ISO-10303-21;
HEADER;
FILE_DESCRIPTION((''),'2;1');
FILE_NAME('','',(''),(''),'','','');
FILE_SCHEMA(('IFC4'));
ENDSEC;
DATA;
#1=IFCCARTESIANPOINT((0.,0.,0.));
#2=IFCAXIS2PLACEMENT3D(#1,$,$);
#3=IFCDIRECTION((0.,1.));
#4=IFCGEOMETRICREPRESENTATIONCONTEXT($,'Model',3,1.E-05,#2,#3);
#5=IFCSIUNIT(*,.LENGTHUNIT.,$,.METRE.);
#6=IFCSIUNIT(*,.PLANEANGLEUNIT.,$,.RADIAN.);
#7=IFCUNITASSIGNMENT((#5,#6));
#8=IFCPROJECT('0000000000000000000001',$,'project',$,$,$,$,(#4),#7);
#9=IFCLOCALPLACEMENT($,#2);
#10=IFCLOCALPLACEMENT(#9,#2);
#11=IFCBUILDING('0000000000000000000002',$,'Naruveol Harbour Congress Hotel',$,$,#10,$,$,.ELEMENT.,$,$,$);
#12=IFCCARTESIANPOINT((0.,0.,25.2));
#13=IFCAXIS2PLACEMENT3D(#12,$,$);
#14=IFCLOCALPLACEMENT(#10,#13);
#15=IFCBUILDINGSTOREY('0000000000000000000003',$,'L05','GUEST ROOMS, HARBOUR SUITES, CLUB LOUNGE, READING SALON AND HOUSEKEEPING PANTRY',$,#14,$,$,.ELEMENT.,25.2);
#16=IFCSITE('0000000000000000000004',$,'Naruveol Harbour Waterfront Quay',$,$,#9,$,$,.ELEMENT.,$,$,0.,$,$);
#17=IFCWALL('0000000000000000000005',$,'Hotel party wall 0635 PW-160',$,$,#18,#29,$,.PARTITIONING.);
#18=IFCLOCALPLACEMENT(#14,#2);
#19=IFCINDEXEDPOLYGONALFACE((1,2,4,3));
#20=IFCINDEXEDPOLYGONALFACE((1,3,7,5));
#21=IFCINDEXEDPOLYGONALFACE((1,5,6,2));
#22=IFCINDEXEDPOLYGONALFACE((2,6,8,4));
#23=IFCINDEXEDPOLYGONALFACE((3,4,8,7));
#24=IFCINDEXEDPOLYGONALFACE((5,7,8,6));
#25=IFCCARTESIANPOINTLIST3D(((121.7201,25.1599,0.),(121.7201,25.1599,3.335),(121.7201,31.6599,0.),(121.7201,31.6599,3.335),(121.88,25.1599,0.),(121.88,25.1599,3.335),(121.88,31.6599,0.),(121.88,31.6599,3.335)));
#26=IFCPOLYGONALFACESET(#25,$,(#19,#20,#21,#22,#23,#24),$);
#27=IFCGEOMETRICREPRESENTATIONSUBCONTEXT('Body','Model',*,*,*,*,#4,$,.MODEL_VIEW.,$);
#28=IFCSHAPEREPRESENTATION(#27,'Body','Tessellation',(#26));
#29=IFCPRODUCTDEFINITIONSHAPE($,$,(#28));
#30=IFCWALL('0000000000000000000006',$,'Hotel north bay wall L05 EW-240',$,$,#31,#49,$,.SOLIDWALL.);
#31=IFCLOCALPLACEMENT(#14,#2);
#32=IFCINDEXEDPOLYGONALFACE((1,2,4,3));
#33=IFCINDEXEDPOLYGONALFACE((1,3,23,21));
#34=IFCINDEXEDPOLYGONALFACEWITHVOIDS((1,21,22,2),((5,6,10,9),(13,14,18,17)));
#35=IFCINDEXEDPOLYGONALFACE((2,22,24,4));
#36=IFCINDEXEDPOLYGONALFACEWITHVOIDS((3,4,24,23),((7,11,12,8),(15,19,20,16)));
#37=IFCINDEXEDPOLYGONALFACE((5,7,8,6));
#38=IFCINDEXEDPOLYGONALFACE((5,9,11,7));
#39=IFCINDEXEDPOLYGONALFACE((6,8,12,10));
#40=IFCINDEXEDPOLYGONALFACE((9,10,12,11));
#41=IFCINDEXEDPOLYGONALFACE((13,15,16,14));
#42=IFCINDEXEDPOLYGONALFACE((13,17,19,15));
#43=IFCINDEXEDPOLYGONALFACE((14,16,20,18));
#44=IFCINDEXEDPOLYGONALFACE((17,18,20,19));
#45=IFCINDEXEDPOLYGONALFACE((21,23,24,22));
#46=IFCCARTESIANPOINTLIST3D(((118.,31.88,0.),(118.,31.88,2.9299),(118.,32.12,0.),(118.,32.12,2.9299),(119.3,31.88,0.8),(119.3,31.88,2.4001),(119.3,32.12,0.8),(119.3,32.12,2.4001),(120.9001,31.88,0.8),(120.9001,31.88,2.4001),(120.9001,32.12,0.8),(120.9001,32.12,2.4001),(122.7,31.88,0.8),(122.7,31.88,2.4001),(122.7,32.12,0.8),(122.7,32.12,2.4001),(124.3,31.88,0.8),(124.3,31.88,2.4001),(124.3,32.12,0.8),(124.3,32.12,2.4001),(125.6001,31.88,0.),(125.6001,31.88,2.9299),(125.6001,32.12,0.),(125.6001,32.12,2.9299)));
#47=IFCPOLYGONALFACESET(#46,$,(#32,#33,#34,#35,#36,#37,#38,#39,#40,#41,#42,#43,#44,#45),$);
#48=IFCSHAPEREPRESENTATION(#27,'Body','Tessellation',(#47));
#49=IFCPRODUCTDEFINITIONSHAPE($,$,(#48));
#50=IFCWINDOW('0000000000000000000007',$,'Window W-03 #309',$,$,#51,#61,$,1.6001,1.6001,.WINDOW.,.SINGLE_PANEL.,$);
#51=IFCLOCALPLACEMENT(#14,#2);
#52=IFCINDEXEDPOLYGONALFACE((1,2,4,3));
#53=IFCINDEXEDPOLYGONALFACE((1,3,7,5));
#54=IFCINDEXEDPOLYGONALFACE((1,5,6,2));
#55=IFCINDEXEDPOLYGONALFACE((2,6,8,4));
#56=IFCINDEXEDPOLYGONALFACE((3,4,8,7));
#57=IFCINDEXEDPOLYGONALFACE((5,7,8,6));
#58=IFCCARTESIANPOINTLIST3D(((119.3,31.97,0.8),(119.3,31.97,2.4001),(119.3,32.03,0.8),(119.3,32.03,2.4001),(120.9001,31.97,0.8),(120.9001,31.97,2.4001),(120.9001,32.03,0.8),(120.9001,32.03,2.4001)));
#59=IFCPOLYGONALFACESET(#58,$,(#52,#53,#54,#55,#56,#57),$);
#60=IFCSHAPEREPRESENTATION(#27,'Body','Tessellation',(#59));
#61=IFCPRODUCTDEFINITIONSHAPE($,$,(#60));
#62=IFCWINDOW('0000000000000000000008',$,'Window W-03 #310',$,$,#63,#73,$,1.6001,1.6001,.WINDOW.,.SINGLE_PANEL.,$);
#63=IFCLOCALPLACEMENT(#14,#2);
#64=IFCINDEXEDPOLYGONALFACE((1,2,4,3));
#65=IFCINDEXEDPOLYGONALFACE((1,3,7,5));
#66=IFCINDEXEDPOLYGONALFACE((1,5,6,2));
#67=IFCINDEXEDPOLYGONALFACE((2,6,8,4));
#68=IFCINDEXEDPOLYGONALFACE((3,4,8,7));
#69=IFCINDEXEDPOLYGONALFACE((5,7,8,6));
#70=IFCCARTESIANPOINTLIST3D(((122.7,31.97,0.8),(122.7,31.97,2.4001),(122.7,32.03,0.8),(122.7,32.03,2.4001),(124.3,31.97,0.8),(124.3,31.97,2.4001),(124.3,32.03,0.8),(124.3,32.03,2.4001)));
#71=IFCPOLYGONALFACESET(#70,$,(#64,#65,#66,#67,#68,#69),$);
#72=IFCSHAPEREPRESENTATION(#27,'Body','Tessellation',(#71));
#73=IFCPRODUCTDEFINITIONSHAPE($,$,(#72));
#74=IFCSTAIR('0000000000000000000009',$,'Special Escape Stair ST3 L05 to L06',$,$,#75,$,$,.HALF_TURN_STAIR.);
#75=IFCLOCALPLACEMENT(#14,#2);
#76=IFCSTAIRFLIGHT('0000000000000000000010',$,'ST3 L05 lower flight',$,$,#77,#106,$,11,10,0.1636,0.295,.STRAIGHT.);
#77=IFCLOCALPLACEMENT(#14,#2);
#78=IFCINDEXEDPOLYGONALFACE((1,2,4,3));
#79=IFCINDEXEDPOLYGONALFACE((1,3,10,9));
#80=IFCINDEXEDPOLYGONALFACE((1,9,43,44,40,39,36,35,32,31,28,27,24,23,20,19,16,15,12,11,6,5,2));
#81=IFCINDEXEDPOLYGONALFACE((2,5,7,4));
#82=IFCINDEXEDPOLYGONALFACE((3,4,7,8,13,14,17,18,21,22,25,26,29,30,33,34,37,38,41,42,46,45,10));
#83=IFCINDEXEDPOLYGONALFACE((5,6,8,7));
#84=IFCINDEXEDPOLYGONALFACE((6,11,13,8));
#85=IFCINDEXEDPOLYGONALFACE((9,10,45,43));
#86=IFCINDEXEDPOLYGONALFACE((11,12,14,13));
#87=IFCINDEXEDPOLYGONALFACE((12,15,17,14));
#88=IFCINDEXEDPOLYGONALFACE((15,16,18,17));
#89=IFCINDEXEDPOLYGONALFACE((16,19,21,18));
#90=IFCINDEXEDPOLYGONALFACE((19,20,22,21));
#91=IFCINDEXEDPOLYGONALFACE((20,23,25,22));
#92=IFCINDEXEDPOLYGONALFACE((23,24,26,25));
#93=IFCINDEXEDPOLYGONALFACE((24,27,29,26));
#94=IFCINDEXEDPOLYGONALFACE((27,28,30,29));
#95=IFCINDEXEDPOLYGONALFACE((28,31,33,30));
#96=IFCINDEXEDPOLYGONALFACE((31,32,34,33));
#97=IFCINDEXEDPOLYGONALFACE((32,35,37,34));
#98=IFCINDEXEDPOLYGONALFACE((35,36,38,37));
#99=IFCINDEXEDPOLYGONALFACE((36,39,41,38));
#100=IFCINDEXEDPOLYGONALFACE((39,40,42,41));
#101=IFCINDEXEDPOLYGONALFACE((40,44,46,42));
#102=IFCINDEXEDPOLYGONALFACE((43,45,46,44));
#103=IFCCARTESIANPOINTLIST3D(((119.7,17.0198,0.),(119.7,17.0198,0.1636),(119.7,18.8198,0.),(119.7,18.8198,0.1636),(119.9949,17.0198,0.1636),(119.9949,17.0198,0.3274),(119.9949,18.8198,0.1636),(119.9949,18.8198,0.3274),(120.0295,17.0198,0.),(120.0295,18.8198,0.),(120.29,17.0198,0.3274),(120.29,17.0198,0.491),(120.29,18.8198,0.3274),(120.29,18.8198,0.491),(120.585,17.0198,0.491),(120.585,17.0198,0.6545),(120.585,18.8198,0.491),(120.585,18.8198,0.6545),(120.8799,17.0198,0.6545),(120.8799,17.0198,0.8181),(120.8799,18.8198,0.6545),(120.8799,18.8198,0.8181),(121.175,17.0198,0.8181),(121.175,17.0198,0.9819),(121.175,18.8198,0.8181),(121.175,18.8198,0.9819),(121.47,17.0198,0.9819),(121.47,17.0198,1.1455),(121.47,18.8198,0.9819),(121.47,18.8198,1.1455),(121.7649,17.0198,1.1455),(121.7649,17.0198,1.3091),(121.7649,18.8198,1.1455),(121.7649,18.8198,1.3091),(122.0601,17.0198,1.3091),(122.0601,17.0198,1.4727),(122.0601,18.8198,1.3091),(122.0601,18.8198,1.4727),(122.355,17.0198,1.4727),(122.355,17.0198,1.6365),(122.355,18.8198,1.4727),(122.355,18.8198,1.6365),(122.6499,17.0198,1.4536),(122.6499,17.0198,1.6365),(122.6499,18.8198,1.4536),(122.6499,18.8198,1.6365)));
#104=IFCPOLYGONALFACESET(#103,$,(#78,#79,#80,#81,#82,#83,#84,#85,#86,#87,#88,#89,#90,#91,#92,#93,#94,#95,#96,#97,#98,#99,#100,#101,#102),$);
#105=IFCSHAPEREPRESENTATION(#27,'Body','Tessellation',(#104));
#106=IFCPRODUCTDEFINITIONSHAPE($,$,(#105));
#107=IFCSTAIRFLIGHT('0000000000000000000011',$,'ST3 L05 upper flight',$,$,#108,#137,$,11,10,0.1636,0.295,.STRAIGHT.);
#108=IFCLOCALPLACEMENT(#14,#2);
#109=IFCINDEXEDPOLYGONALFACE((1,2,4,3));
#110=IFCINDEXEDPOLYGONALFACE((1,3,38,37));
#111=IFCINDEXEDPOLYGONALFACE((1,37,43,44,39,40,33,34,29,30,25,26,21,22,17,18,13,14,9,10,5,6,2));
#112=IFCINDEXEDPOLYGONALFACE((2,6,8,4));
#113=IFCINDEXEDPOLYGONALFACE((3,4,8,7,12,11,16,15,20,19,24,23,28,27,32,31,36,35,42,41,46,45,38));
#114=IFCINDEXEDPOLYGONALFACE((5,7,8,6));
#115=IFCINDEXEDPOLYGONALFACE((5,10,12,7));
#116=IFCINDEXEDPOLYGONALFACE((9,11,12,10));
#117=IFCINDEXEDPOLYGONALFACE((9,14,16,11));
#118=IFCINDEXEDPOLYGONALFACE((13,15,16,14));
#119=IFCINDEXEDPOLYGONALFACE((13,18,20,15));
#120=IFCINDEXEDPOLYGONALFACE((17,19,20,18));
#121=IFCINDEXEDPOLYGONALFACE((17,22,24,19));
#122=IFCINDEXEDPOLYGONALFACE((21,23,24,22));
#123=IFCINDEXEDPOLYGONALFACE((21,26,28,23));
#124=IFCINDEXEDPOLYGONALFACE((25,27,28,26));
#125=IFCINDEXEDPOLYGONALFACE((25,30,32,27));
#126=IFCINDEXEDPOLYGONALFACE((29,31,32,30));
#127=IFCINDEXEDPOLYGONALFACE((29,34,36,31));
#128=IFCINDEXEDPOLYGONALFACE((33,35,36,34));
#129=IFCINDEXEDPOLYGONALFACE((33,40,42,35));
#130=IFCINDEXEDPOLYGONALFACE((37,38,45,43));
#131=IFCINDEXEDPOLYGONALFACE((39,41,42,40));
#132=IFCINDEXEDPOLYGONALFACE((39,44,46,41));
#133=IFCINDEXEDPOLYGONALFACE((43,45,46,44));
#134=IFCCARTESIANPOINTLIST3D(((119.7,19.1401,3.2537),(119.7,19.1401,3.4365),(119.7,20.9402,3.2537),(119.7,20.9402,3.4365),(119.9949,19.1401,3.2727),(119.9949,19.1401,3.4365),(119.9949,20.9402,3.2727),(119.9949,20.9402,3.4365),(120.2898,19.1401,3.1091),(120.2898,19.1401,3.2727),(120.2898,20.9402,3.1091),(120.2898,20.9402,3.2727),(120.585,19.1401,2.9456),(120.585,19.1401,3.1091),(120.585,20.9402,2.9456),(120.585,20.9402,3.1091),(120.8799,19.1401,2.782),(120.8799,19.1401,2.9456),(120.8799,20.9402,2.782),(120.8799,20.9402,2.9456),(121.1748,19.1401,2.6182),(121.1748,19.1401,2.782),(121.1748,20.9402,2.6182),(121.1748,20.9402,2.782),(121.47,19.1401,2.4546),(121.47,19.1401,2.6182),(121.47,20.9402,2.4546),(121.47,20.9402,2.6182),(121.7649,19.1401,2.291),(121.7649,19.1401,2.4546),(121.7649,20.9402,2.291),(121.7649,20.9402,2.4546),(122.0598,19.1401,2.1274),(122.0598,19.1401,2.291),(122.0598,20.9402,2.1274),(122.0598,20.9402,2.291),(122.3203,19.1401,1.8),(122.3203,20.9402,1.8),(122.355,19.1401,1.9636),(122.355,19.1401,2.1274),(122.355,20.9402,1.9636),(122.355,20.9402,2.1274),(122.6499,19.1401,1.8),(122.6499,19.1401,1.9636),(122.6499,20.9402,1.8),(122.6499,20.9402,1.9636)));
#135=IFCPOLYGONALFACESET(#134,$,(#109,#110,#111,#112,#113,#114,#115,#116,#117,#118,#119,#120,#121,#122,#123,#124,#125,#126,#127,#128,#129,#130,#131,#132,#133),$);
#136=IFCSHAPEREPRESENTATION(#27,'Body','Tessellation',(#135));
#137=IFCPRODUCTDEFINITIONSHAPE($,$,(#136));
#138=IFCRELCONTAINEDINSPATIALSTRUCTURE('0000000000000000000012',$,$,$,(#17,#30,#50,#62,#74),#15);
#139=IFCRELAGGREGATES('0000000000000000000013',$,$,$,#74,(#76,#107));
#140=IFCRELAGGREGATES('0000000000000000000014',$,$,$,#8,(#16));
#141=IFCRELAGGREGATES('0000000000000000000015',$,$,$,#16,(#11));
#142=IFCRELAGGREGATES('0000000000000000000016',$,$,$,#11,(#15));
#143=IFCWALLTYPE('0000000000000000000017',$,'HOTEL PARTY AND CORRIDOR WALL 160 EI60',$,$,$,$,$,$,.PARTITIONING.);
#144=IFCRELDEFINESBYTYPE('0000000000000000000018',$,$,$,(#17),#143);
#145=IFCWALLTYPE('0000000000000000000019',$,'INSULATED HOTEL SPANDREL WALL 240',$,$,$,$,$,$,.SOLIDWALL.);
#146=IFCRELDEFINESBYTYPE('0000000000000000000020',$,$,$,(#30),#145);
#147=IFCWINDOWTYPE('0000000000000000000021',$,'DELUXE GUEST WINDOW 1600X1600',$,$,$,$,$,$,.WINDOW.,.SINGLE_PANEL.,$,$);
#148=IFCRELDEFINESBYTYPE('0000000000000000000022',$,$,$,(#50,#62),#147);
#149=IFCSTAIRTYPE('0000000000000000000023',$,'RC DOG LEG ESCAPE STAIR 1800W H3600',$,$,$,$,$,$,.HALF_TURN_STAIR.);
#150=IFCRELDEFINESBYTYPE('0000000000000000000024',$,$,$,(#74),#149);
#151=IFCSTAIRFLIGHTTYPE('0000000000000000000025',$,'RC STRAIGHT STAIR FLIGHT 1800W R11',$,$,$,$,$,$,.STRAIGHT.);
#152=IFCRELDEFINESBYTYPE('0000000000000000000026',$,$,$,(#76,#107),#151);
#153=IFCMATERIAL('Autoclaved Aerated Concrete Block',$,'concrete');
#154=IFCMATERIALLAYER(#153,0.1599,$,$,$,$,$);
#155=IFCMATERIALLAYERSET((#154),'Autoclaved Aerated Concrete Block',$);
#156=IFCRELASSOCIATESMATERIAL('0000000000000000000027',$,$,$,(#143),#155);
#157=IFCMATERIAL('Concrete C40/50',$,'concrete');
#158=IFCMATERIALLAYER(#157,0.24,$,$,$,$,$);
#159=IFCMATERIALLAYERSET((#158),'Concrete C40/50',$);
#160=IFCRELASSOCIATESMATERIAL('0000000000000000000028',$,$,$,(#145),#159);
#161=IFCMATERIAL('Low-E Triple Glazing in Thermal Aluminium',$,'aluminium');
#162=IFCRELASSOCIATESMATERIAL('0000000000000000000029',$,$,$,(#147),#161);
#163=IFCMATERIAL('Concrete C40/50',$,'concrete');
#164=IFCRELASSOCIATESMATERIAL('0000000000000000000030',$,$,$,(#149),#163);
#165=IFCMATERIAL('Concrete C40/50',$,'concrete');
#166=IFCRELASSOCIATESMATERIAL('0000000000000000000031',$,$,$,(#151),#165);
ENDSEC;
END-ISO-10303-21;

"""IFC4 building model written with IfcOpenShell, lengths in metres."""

from ifc_helpers import new_model, si_unit, direction, frame, frame_2d, origin, place, context, subcontext, project, spatial, polyline, rectangle, outline, extrude, material, layer, layer_set, type_object, element, fill, aggregate, save


model = new_model("IFC4")

# Units and contexts
model_context = context("Model", 3, precision=1e-05, world=origin(), true_north=direction((0.0, 1.0)))
body_context = subcontext(model_context, "Body", "Model", "MODEL_VIEW")
ifc_project = project(units=[si_unit("LENGTHUNIT", "METRE"), si_unit("PLANEANGLEUNIT", "RADIAN")], contexts=[model_context])

# Site, building, storey
site_placement = place(None, origin())
site = spatial("IfcSite", under=ifc_project, at=site_placement, Name="Naruveol Harbour Waterfront Quay", CompositionType="ELEMENT", RefElevation=0.0)
building_placement = place(site_placement, origin())
building = spatial("IfcBuilding", under=site, at=building_placement, Name="Naruveol Harbour Congress Hotel", CompositionType="ELEMENT")
storey_placement = place(building_placement, frame((0.0, 0.0, 25.2)))
storey = spatial("IfcBuildingStorey", under=building, at=storey_placement, Name="L05", Description="GUEST ROOMS, HARBOUR SUITES, CLUB LOUNGE, READING SALON AND HOUSEKEEPING PANTRY", CompositionType="ELEMENT", Elevation=25.2)

# Shared definitions
ifc_material_1 = material(Name="Autoclaved Aerated Concrete Block", Category="concrete")
ifc_layer_1 = layer(ifc_material_1, 0.1599)
ifc_layer_set_1 = layer_set([ifc_layer_1], Name="Autoclaved Aerated Concrete Block")
wall_type_1 = type_object("IfcWallType", Name="HOTEL PARTY AND CORRIDOR WALL 160 EI60", PredefinedType="PARTITIONING", material=ifc_layer_set_1)

# Wall
wall_1_placement = place(storey_placement, frame((121.8, 25.1599, 0.0), z_axis=(0.0, 0.0, 1.0), x_axis=(0.0, 1.0, 0.0)))
element("IfcWall", 1, at=wall_1_placement, inside=storey, type_object=wall_type_1, Name="Hotel party wall 0635 PW-160", PredefinedType="PARTITIONING", context=body_context, shape_type="SweptSolid", body=[
    extrude(rectangle(XDim=6.5, YDim=0.1599, at=frame_2d((3.25, 0.0))), origin(), (0.0, 0.0, 1.0), 3.335),
])

# Wall, openings, windows
ifc_material_2 = material(Name="Concrete C40/50", Category="concrete")
ifc_layer_2 = layer(ifc_material_2, 0.24)
ifc_layer_set_2 = layer_set([ifc_layer_2], Name="Concrete C40/50")
wall_type_2 = type_object("IfcWallType", Name="INSULATED HOTEL SPANDREL WALL 240", PredefinedType="SOLIDWALL", material=ifc_layer_set_2)
wall_2_placement = place(storey_placement, frame((118.0, 32.0, 0.0), z_axis=(0.0, 0.0, 1.0), x_axis=(1.0, 0.0, 0.0)))
wall_2 = element("IfcWall", 2, at=wall_2_placement, inside=storey, type_object=wall_type_2, Name="Hotel north bay wall L05 EW-240", PredefinedType="SOLIDWALL", context=body_context, shape_type="SweptSolid", body=[
    extrude(rectangle(XDim=7.6001, YDim=0.24, at=frame_2d((3.8, 0.0))), origin(), (0.0, 0.0, 1.0), 2.9299),
])
opening_1_placement = place(wall_2_placement, frame((1.3, 0.0, 0.8)))
opening_1 = element("IfcOpeningElement", 3, at=opening_1_placement, cuts=wall_2, PredefinedType="OPENING", context=body_context, shape_type="SweptSolid", body=[
    extrude(rectangle(XDim=1.6001, YDim=1.6001, at=frame_2d((0.8, 0.8))), frame((0.0, 0.1299, 0.0), z_axis=(0.0, -1.0, 0.0), x_axis=(1.0, 0.0, 0.0)), (0.0, 0.0, 1.0), 0.26),
])
opening_2_placement = place(wall_2_placement, frame((4.7, 0.0, 0.8)))
opening_2 = element("IfcOpeningElement", 4, at=opening_2_placement, cuts=wall_2, PredefinedType="OPENING", context=body_context, shape_type="SweptSolid", body=[
    extrude(rectangle(XDim=1.6001, YDim=1.6001, at=frame_2d((0.8, 0.8))), frame((0.0, 0.1299, 0.0), z_axis=(0.0, -1.0, 0.0), x_axis=(1.0, 0.0, 0.0)), (0.0, 0.0, 1.0), 0.26),
])
ifc_material_3 = material(Name="Low-E Triple Glazing in Thermal Aluminium", Category="aluminium")
window_type = type_object("IfcWindowType", Name="DELUXE GUEST WINDOW 1600X1600", PartitioningType="SINGLE_PANEL", PredefinedType="WINDOW", material=ifc_material_3)
window_1_placement = place(opening_1_placement, origin())
window_1 = element("IfcWindow", 5, at=window_1_placement, inside=storey, type_object=window_type, Name="Window W-03 #309", OverallHeight=1.6001, OverallWidth=1.6001, PartitioningType="SINGLE_PANEL", PredefinedType="WINDOW", context=body_context, shape_type="SweptSolid", body=[
    extrude(rectangle(XDim=1.6001, YDim=1.6001, at=frame_2d((0.8, 0.8))), frame((0.0, 0.03, 0.0), z_axis=(0.0, -1.0, 0.0), x_axis=(1.0, 0.0, 0.0)), (0.0, 0.0, 1.0), 0.0601),
])
fill(opening_1, window_1)
window_2_placement = place(opening_2_placement, origin())
window_2 = element("IfcWindow", 6, at=window_2_placement, inside=storey, type_object=window_type, Name="Window W-03 #310", OverallHeight=1.6001, OverallWidth=1.6001, PartitioningType="SINGLE_PANEL", PredefinedType="WINDOW", context=body_context, shape_type="SweptSolid", body=[
    extrude(rectangle(XDim=1.6001, YDim=1.6001, at=frame_2d((0.8, 0.8))), frame((0.0, 0.03, 0.0), z_axis=(0.0, -1.0, 0.0), x_axis=(1.0, 0.0, 0.0)), (0.0, 0.0, 1.0), 0.0601),
])
fill(opening_2, window_2)

# Stair, stair flights
ifc_material_4 = material(Name="Concrete C40/50", Category="concrete")
stair_type = type_object("IfcStairType", Name="RC DOG LEG ESCAPE STAIR 1800W H3600", PredefinedType="HALF_TURN_STAIR", material=ifc_material_4)
stair_placement = place(storey_placement, origin())
stair = element("IfcStair", 7, at=stair_placement, inside=storey, type_object=stair_type, Name="Special Escape Stair ST3 L05 to L06", PredefinedType="HALF_TURN_STAIR")
ifc_material_5 = material(Name="Concrete C40/50", Category="concrete")
stair_flight_type = type_object("IfcStairFlightType", Name="RC STRAIGHT STAIR FLIGHT 1800W R11", PredefinedType="STRAIGHT", material=ifc_material_5)
stair_flight_1_placement = place(storey_placement, frame((119.7, 17.9199, 0.0), z_axis=(0.0, 0.0, 1.0), x_axis=(1.0, 0.0, 0.0)))
stair_flight_1 = element("IfcStairFlight", 8, at=stair_flight_1_placement, type_object=stair_flight_type, Name="ST3 L05 lower flight", NumberOfRisers=11, NumberOfTreads=10, PredefinedType="STRAIGHT", RiserHeight=0.1636, TreadLength=0.295, context=body_context, shape_type="SweptSolid", body=[
    extrude(outline(polyline([(0.0, 0.0), (0.0, 0.1636), (0.2949, 0.1636), (0.2949, 0.3274), (0.5901, 0.3274), (0.5901, 0.491), (0.885, 0.491), (0.885, 0.6545), (1.1799, 0.6545), (1.1799, 0.8181), (1.4751, 0.8181), (1.4751, 0.9819), (1.77, 0.9819), (1.77, 1.1455), (2.0649, 1.1455), (2.0649, 1.3091), (2.3601, 1.3091), (2.3601, 1.4727), (2.655, 1.4727), (2.655, 1.6365), (2.95, 1.6365), (2.95, 1.8), (2.95, 1.4536), (0.3296, 0.0), (0.0, 0.0)])), frame((0.0, 0.8999, 0.0), z_axis=(0.0, -1.0, 0.0), x_axis=(1.0, 0.0, 0.0)), (0.0, 0.0, 1.0), 1.8),
])
stair_flight_2_placement = place(storey_placement, frame((122.6499, 20.04, 1.8), z_axis=(0.0, 0.0, 1.0), x_axis=(-1.0, 0.0, 0.0)))
stair_flight_2 = element("IfcStairFlight", 9, at=stair_flight_2_placement, type_object=stair_flight_type, Name="ST3 L05 upper flight", NumberOfRisers=11, NumberOfTreads=10, PredefinedType="STRAIGHT", RiserHeight=0.1636, TreadLength=0.295, context=body_context, shape_type="SweptSolid", body=[
    extrude(outline(polyline([(0.0, 0.0), (0.0, 0.1636), (0.2949, 0.1636), (0.2949, 0.3274), (0.5901, 0.3274), (0.5901, 0.491), (0.885, 0.491), (0.885, 0.6545), (1.1799, 0.6545), (1.1799, 0.8181), (1.4751, 0.8181), (1.4751, 0.9819), (1.77, 0.9819), (1.77, 1.1455), (2.0649, 1.1455), (2.0649, 1.3091), (2.3601, 1.3091), (2.3601, 1.4727), (2.655, 1.4727), (2.655, 1.6365), (2.95, 1.6365), (2.95, 1.8), (2.95, 1.4536), (0.3296, 0.0), (0.0, 0.0)])), frame((0.0, 0.8999, 0.0), z_axis=(0.0, -1.0, 0.0), x_axis=(1.0, 0.0, 0.0)), (0.0, 0.0, 1.0), 1.8),
])
aggregate(stair, [stair_flight_1, stair_flight_2])

save(model, "model.ifc")
